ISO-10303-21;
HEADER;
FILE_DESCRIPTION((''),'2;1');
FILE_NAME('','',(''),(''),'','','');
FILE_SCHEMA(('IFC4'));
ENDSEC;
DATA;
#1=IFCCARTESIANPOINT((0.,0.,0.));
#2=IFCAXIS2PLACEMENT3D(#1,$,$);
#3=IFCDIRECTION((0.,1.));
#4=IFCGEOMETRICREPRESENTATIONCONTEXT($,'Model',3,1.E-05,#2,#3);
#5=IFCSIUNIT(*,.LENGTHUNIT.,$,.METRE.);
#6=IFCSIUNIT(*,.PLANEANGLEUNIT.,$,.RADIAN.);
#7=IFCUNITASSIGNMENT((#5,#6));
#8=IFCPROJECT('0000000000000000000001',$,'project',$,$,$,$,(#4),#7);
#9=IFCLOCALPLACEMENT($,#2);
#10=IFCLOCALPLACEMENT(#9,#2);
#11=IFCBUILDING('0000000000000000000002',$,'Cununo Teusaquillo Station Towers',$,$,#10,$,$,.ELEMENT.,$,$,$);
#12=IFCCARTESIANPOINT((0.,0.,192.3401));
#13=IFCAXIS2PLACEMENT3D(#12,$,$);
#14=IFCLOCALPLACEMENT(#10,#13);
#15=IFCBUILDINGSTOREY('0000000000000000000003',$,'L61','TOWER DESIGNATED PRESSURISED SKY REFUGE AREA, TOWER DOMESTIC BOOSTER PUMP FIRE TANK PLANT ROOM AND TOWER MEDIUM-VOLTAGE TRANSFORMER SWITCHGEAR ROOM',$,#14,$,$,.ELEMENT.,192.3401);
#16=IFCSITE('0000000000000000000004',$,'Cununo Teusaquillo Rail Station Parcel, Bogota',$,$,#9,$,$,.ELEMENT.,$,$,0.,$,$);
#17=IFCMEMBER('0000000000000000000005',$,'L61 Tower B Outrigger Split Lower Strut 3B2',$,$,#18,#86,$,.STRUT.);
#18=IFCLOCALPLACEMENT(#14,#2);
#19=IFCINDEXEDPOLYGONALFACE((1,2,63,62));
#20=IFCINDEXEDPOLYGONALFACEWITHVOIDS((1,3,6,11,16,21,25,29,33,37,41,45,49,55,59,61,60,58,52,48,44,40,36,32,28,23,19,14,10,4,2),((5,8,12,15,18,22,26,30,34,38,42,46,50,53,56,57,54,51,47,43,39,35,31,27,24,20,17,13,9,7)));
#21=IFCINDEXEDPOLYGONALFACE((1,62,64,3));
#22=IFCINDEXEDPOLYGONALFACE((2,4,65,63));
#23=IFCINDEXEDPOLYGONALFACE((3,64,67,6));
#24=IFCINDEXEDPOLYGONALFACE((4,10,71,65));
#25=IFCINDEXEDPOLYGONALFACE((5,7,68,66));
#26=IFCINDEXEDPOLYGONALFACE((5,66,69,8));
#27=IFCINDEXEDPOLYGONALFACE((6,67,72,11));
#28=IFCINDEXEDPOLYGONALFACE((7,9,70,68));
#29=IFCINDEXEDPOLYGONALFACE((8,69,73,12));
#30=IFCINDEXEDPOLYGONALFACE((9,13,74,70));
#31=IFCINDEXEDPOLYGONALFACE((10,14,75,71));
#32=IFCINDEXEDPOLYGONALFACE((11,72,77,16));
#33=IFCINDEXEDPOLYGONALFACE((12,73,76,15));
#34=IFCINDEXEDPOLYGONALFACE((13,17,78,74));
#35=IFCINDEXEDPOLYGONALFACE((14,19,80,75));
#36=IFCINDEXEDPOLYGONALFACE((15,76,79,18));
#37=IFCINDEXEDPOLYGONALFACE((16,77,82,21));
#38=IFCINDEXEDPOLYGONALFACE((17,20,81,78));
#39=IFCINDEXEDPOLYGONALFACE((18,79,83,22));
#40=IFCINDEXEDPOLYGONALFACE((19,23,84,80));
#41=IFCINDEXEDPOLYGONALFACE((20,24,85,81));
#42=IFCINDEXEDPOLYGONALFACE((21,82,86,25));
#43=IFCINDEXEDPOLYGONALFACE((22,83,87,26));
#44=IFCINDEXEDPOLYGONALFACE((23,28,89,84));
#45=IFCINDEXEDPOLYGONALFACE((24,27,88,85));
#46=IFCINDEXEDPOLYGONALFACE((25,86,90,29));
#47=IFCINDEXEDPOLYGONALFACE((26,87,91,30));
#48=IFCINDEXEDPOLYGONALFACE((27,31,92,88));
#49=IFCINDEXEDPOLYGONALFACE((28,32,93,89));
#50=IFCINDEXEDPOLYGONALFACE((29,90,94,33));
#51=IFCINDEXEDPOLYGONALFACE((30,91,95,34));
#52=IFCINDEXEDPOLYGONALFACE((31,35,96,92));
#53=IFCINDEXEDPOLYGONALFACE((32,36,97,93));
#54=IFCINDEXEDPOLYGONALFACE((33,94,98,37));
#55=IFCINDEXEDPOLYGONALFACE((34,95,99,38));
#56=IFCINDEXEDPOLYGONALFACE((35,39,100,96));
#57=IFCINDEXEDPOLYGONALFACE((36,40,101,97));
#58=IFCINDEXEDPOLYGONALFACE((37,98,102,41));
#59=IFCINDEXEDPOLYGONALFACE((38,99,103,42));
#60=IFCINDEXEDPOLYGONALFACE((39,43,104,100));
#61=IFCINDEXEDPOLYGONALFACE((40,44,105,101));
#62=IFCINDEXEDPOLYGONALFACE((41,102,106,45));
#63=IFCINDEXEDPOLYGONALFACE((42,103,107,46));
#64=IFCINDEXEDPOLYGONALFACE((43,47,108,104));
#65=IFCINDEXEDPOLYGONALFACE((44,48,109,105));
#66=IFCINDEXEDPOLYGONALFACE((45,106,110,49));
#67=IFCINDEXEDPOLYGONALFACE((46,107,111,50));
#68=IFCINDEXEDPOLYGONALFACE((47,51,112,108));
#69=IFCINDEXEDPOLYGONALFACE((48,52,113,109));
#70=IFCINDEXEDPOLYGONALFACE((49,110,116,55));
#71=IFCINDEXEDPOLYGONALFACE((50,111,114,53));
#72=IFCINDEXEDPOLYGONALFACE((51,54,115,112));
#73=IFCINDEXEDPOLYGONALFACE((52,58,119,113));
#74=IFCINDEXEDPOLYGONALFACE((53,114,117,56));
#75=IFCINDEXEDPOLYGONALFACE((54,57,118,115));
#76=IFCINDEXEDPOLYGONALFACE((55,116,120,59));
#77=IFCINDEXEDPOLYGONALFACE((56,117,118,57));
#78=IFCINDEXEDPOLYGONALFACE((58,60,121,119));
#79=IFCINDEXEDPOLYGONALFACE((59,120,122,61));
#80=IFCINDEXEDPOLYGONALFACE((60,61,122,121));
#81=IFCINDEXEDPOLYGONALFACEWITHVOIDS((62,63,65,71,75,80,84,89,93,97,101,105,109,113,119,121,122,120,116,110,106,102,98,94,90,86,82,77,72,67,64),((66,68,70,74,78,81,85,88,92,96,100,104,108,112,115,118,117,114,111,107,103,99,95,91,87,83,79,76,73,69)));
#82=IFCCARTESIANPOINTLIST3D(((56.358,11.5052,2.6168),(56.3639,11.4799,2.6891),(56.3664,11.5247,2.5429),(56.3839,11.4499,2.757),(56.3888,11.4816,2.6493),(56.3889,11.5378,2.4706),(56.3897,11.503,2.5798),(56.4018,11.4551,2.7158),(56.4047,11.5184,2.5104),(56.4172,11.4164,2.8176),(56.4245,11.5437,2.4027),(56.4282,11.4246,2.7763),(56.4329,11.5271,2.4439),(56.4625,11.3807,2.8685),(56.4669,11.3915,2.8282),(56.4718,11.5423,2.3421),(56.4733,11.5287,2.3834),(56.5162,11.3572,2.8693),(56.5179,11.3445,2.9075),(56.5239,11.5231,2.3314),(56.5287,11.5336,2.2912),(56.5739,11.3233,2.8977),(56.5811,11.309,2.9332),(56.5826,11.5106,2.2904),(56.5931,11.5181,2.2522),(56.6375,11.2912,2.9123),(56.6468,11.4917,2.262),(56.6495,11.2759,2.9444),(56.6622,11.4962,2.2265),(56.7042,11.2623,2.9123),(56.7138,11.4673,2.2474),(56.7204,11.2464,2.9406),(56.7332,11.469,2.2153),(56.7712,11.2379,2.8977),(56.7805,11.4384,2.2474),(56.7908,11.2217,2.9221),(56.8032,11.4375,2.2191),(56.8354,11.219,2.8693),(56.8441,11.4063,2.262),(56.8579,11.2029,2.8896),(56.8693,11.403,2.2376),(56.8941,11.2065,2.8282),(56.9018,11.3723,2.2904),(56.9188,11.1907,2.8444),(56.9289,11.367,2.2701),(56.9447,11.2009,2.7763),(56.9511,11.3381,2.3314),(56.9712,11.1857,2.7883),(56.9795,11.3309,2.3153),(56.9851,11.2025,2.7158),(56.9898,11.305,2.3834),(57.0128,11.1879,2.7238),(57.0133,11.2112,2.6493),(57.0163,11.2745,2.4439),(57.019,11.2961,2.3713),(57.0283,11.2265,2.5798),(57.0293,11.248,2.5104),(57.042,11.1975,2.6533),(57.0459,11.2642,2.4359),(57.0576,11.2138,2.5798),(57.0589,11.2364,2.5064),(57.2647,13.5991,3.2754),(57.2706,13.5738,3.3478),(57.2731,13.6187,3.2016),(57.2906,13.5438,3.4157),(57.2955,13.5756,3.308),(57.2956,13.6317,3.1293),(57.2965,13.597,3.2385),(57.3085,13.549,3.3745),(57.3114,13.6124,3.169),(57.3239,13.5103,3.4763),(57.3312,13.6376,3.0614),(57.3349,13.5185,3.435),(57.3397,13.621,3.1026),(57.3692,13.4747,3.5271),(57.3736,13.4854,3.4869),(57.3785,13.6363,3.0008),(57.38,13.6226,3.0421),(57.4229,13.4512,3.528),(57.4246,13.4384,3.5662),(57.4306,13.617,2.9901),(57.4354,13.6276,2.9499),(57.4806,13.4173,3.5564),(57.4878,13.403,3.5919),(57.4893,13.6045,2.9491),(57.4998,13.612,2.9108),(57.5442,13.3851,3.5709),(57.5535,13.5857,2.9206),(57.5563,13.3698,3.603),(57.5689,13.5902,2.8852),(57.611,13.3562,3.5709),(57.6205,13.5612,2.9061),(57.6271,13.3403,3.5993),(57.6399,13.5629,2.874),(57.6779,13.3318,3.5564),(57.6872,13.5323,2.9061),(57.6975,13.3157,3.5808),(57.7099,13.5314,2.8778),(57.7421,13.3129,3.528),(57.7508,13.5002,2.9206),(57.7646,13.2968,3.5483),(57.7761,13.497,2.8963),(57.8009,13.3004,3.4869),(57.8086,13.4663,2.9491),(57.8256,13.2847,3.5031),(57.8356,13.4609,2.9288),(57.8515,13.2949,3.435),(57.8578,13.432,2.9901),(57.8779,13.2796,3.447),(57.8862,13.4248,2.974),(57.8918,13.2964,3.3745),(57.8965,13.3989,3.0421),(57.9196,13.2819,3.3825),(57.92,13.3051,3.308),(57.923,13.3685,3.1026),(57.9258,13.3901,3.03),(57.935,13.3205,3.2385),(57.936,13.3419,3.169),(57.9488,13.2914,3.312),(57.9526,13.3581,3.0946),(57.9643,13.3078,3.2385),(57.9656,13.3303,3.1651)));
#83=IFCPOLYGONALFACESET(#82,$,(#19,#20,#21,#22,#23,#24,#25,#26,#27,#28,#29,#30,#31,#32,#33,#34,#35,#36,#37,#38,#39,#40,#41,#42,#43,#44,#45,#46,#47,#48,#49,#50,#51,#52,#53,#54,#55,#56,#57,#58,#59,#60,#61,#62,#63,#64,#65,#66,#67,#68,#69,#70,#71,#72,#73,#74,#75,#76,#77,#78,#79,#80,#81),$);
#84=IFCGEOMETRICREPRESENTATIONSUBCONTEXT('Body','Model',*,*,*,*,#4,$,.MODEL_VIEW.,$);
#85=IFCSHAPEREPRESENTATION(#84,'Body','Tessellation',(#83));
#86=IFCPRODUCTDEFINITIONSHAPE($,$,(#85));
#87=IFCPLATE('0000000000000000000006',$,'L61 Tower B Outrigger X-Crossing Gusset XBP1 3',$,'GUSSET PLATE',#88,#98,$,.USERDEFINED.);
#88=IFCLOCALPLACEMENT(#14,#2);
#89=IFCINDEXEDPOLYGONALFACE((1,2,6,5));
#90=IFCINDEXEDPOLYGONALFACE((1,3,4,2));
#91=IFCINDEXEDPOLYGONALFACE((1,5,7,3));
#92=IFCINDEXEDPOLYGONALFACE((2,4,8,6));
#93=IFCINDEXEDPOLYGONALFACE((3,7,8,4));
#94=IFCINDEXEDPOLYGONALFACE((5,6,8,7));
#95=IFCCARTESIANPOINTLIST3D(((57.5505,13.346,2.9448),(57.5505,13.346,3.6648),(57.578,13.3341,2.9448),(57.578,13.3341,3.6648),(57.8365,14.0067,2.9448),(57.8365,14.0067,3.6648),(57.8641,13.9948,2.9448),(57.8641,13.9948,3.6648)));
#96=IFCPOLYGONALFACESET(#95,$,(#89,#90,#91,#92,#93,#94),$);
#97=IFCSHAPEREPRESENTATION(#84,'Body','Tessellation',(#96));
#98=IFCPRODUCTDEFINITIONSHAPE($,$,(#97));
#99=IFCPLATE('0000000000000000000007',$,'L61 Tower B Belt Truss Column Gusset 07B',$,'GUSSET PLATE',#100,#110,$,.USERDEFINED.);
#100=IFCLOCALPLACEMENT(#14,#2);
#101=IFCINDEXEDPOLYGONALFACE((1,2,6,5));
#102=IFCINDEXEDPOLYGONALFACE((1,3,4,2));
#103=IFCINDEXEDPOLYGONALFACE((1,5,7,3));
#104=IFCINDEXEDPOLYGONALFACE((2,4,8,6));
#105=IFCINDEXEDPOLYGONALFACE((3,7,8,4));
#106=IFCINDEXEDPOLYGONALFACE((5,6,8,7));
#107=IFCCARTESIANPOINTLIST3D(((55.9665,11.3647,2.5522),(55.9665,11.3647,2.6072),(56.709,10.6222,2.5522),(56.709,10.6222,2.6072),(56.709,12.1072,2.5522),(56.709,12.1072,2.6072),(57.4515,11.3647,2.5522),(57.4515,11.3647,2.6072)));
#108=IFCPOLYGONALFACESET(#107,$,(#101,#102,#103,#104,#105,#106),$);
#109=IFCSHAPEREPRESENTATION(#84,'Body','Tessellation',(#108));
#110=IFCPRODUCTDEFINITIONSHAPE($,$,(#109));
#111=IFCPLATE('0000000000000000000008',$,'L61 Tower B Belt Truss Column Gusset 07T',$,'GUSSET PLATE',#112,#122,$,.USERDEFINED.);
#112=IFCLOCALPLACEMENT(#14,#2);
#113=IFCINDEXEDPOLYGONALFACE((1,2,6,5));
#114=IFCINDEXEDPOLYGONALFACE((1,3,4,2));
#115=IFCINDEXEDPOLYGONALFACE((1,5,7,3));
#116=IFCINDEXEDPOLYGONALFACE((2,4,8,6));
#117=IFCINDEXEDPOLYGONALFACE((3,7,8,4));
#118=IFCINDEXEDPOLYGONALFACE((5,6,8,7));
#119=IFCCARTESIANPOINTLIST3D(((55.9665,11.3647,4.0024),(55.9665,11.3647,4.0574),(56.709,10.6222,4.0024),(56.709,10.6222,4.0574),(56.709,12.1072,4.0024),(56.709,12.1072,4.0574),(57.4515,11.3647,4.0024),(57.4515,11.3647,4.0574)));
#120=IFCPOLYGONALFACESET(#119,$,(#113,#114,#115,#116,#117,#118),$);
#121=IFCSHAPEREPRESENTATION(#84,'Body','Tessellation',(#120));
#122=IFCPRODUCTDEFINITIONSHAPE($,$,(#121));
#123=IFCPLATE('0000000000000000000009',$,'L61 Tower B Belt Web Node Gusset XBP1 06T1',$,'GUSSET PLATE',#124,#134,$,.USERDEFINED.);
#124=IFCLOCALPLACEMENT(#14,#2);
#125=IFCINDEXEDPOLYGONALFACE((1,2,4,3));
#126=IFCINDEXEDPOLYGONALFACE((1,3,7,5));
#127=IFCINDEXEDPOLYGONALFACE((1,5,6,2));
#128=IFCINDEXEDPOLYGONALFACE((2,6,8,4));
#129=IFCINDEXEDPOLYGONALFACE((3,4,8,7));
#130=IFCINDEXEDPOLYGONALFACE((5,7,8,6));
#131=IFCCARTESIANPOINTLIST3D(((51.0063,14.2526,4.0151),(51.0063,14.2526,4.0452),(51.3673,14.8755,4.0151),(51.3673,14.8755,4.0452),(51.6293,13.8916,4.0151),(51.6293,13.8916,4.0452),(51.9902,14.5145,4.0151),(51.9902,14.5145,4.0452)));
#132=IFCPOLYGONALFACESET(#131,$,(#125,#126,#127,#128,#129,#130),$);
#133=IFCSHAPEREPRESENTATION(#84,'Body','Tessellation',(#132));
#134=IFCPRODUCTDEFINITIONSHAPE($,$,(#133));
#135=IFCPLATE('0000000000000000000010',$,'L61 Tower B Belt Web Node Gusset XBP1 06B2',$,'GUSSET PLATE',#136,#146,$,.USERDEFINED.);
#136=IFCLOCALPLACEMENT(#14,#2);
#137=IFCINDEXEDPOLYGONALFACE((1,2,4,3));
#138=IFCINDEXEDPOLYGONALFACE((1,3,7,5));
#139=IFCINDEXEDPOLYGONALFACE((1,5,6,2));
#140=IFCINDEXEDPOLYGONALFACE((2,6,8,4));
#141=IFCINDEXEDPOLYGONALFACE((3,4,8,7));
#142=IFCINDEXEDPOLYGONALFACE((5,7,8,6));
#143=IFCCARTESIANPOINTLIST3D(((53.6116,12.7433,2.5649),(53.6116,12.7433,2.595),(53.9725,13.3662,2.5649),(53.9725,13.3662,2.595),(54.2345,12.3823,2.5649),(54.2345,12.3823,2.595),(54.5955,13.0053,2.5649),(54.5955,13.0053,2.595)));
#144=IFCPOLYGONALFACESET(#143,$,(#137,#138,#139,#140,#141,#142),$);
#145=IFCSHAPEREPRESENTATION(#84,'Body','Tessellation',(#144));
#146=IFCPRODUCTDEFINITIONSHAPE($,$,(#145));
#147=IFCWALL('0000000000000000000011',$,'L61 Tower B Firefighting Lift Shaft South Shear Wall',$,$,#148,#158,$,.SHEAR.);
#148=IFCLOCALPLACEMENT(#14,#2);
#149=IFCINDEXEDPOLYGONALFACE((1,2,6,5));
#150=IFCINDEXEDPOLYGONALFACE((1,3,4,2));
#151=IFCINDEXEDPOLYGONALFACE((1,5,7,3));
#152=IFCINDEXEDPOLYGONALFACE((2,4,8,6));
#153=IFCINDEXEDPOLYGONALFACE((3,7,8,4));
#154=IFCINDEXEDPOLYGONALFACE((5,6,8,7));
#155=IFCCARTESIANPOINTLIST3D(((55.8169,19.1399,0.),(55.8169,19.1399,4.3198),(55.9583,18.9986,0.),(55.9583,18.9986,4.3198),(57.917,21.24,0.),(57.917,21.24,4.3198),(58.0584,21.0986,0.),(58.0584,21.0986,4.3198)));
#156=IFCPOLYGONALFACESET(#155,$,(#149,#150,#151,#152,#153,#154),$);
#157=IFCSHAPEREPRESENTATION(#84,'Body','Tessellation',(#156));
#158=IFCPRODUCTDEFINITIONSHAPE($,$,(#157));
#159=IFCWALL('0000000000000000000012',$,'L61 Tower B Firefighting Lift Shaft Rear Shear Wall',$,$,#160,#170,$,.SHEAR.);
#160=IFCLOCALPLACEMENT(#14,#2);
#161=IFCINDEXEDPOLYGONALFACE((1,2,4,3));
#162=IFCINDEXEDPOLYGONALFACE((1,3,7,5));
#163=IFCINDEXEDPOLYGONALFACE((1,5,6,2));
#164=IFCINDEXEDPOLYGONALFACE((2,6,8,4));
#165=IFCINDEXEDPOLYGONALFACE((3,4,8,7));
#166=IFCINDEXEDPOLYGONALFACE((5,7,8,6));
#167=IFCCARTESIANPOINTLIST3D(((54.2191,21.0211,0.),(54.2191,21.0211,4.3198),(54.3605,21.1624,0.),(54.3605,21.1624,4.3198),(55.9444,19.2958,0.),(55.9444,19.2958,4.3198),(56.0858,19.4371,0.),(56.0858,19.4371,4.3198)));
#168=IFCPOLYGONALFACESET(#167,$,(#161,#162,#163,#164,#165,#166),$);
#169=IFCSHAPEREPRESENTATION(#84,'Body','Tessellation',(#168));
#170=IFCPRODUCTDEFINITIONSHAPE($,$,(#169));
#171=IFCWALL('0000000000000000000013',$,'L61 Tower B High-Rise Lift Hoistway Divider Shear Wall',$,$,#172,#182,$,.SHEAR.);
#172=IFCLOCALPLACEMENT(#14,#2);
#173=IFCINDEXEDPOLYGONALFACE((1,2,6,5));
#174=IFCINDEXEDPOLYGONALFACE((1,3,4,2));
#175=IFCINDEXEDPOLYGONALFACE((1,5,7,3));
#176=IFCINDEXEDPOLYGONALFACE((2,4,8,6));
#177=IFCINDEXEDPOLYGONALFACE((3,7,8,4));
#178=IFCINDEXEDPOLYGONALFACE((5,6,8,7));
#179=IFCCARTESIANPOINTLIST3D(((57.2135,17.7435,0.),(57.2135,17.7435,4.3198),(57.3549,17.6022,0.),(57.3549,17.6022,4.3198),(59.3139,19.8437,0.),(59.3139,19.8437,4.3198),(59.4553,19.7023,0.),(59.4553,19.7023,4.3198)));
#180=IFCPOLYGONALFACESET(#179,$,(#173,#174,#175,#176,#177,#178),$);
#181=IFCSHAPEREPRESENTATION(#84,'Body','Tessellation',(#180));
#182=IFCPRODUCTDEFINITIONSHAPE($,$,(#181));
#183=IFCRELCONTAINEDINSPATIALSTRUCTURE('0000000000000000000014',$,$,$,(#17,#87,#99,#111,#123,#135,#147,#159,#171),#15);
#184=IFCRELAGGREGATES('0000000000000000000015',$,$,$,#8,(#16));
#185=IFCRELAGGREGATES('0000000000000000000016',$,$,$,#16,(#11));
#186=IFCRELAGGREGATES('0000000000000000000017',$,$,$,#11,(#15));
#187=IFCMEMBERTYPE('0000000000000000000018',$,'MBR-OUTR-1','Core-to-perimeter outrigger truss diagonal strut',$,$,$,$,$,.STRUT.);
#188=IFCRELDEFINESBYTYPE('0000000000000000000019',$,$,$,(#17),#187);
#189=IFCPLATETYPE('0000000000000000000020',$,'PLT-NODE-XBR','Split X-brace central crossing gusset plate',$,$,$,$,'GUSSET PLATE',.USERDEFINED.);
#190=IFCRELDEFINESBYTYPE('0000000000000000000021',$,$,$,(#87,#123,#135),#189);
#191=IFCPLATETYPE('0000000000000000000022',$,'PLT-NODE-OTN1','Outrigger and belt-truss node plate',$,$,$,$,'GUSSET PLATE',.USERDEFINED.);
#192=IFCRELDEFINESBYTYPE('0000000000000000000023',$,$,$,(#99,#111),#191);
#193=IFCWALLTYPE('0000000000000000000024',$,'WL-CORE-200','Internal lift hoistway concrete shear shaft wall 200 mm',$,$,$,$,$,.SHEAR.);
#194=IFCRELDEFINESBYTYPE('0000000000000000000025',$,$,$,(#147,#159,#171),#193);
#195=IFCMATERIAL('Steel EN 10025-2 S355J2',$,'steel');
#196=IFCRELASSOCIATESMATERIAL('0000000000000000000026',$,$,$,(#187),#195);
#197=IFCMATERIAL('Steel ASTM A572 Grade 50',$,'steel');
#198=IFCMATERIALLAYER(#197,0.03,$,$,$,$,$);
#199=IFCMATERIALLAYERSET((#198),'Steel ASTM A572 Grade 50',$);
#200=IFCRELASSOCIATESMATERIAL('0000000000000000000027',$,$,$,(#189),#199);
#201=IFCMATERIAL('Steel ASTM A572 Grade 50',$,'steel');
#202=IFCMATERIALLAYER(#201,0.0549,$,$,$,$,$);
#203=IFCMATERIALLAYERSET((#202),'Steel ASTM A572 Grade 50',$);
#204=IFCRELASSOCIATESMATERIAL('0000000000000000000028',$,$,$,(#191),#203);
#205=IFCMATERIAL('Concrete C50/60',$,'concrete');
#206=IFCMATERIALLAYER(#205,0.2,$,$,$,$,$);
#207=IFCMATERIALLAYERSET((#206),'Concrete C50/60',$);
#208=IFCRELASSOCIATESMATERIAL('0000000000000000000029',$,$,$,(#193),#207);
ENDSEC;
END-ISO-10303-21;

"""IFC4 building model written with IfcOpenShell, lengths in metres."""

from ifc_helpers import new_model, si_unit, direction, frame, frame_2d, origin, origin_2d, place, context, subcontext, project, spatial, rectangle, hollow_circle, extrude, source, transform, mapped, material, layer, layer_set, material_profile, profile_set, type_object, element, save


model = new_model("IFC4")

# Units and contexts
model_context = context("Model", 3, precision=1e-05, world=origin(), true_north=direction((0.0, 1.0)))
body_context = subcontext(model_context, "Body", "Model", "MODEL_VIEW")
ifc_project = project(units=[si_unit("LENGTHUNIT", "METRE"), si_unit("PLANEANGLEUNIT", "RADIAN")], contexts=[model_context])

# Site, building, storey
site_placement = place(None, origin())
site = spatial("IfcSite", under=ifc_project, at=site_placement, Name="Cununo Teusaquillo Rail Station Parcel, Bogota", CompositionType="ELEMENT", RefElevation=0.0)
building_placement = place(site_placement, origin())
building = spatial("IfcBuilding", under=site, at=building_placement, Name="Cununo Teusaquillo Station Towers", CompositionType="ELEMENT")
storey_placement = place(building_placement, frame((0.0, 0.0, 192.3401)))
storey = spatial("IfcBuildingStorey", under=building, at=storey_placement, Name="L61", Description="TOWER DESIGNATED PRESSURISED SKY REFUGE AREA, TOWER DOMESTIC BOOSTER PUMP FIRE TANK PLANT ROOM AND TOWER MEDIUM-VOLTAGE TRANSFORMER SWITCHGEAR ROOM", CompositionType="ELEMENT", Elevation=192.3401)

# Member
ifc_material_1 = material(Name="Steel EN 10025-2 S355J2", Category="steel")
ifc_material_profile_1 = material_profile(ifc_material_1, hollow_circle(Radius=0.3799, WallThickness=0.032, at=origin_2d()), Name="CHS 760x32")
ifc_profile_set_1 = profile_set([ifc_material_profile_1], Name="Steel EN 10025-2 S355J2")
member_type_1 = type_object("IfcMemberType", Name="MBR-OUTR-1", Description="Core-to-perimeter outrigger truss diagonal strut", PredefinedType="STRUT", material=ifc_profile_set_1)
member_1_placement = place(storey_placement, frame((57.6157, 13.4587, 3.2385), z_axis=(-0.381777, -0.881663, -0.277338), x_axis=(0.917661, -0.397364, 0.0)))
element("IfcMember", 1, at=member_1_placement, inside=storey, type_object=member_type_1, Name="L61 Tower B Outrigger Split Lower Strut 3B2", PredefinedType="STRUT", context=body_context, shape_type="SweptSolid", body=[
    extrude(hollow_circle(Radius=0.3799, WallThickness=0.032, at=origin_2d()), origin(), (0.0, 0.0, 1.0), 2.375),
])

# Plates
ifc_material_2 = material(Name="Steel ASTM A572 Grade 50", Category="steel")
ifc_layer_1 = layer(ifc_material_2, 0.03)
ifc_layer_set_1 = layer_set([ifc_layer_1], Name="Steel ASTM A572 Grade 50")
plate_type_1 = type_object("IfcPlateType", Name="PLT-NODE-XBR", Description="Split X-brace central crossing gusset plate", ElementType="GUSSET PLATE", PredefinedType="USERDEFINED", material=ifc_layer_set_1)
shared_shape_1 = source(origin(), body_context, "Body", "SweptSolid", [
    extrude(rectangle(XDim=0.72, YDim=0.03, at=origin_2d()), origin(), (0.0, 0.0, 1.0), 0.72),
])
plate_placement = place(storey_placement, frame((57.7073, 13.6704, 2.9448), z_axis=(0.0, 0.0, 1.0), x_axis=(-0.397308, -0.917685, 0.0)))
element("IfcPlate", 2, at=plate_placement, inside=storey, type_object=plate_type_1, Name="L61 Tower B Outrigger X-Crossing Gusset XBP1 3", ObjectType="GUSSET PLATE", PredefinedType="USERDEFINED", context=body_context, shape_type="MappedRepresentation", body=[
    mapped(shared_shape_1, transform((0.0, 0.0, 0.0), x_axis=(1.0, 0.0, 0.0), y_axis=(0.0, 1.0, 0.0), z_axis=(0.0, 0.0, 1.0), scale=1.0)),
])
ifc_material_3 = material(Name="Steel ASTM A572 Grade 50", Category="steel")
ifc_layer_2 = layer(ifc_material_3, 0.0549)
ifc_layer_set_2 = layer_set([ifc_layer_2], Name="Steel ASTM A572 Grade 50")
plate_type_2 = type_object("IfcPlateType", Name="PLT-NODE-OTN1", Description="Outrigger and belt-truss node plate", ElementType="GUSSET PLATE", PredefinedType="USERDEFINED", material=ifc_layer_set_2)
shared_shape_2 = source(origin(), body_context, "Body", "SweptSolid", [
    extrude(rectangle(XDim=1.05, YDim=1.05, at=origin_2d()), origin(), (0.0, 0.0, 1.0), 0.0549),
])
for number, where, z_axis, x_axis, name in (
    (3, (56.709, 11.3647, 2.5522), (0.0, 0.0, 1.0), (0.707107, 0.707107, 0.0), "L61 Tower B Belt Truss Column Gusset 07B"),
    (4, (56.709, 11.3647, 4.0024), (0.0, 0.0, 1.0), (0.707107, 0.707107, 0.0), "L61 Tower B Belt Truss Column Gusset 07T"),
):
    element("IfcPlate", number, at=place(storey_placement, frame(where, z_axis=z_axis, x_axis=x_axis)), inside=storey, type_object=plate_type_2, Name=name, ObjectType="GUSSET PLATE", PredefinedType="USERDEFINED", context=body_context, shape_type="MappedRepresentation", body=[
        mapped(shared_shape_2, transform((0.0, 0.0, 0.0), x_axis=(1.0, 0.0, 0.0), y_axis=(0.0, 1.0, 0.0), z_axis=(0.0, 0.0, 1.0), scale=1.0)),
    ])
shared_shape_3 = source(origin(), body_context, "Body", "SweptSolid", [
    extrude(rectangle(XDim=0.72, YDim=0.72, at=origin_2d()), origin(), (0.0, 0.0, 1.0), 0.03),
])
for number, where, z_axis, x_axis, name in (
    (5, (51.4983, 14.3835, 4.0151), (0.0, 0.0, 1.0), (0.865239, -0.50136, 0.0), "L61 Tower B Belt Web Node Gusset XBP1 06T1"),
    (6, (54.1035, 12.8743, 2.5649), (0.0, 0.0, 1.0), (0.865239, -0.50136, 0.0), "L61 Tower B Belt Web Node Gusset XBP1 06B2"),
):
    element("IfcPlate", number, at=place(storey_placement, frame(where, z_axis=z_axis, x_axis=x_axis)), inside=storey, type_object=plate_type_1, Name=name, ObjectType="GUSSET PLATE", PredefinedType="USERDEFINED", context=body_context, shape_type="MappedRepresentation", body=[
        mapped(shared_shape_3, transform((0.0, 0.0, 0.0), x_axis=(1.0, 0.0, 0.0), y_axis=(0.0, 1.0, 0.0), z_axis=(0.0, 0.0, 1.0), scale=1.0)),
    ])

# Walls
ifc_material_4 = material(Name="Concrete C50/60", Category="concrete")
ifc_layer_3 = layer(ifc_material_4, 0.2)
ifc_layer_set_3 = layer_set([ifc_layer_3], Name="Concrete C50/60")
wall_type_1 = type_object("IfcWallType", Name="WL-CORE-200", Description="Internal lift hoistway concrete shear shaft wall 200 mm", PredefinedType="SHEAR", material=ifc_layer_set_3)
wall_1_placement = place(storey_placement, frame((55.8877, 19.0693, 0.0), z_axis=(0.0, 0.0, 1.0), x_axis=(0.707107, 0.707107, 0.0)))
element("IfcWall", 7, at=wall_1_placement, inside=storey, type_object=wall_type_1, Name="L61 Tower B Firefighting Lift Shaft South Shear Wall", PredefinedType="SHEAR", context=body_context, shape_type="SweptSolid", body=[
    extrude(rectangle(XDim=2.97, YDim=0.2, at=frame_2d((1.4849, 0.0))), origin(), (0.0, 0.0, 1.0), 4.3198),
])
wall_2_placement = place(storey_placement, frame((56.0151, 19.3665, 0.0), z_axis=(0.0, 0.0, 1.0), x_axis=(-0.707107, 0.707107, 0.0)))
element("IfcWall", 8, at=wall_2_placement, inside=storey, type_object=wall_type_1, Name="L61 Tower B Firefighting Lift Shaft Rear Shear Wall", PredefinedType="SHEAR", context=body_context, shape_type="SweptSolid", body=[
    extrude(rectangle(XDim=2.4399, YDim=0.2, at=frame_2d((1.22, 0.0))), origin(), (0.0, 0.0, 1.0), 4.3198),
])
wall_3_placement = place(storey_placement, frame((57.2842, 17.6729, 0.0), z_axis=(0.0, 0.0, 1.0), x_axis=(0.707148, 0.707066, 0.0)))
element("IfcWall", 9, at=wall_3_placement, inside=storey, type_object=wall_type_1, Name="L61 Tower B High-Rise Lift Hoistway Divider Shear Wall", PredefinedType="SHEAR", context=body_context, shape_type="SweptSolid", body=[
    extrude(rectangle(XDim=2.9702, YDim=0.2, at=frame_2d((1.4851, 0.0))), origin(), (0.0, 0.0, 1.0), 4.3198),
])

save(model, "model.ifc")
